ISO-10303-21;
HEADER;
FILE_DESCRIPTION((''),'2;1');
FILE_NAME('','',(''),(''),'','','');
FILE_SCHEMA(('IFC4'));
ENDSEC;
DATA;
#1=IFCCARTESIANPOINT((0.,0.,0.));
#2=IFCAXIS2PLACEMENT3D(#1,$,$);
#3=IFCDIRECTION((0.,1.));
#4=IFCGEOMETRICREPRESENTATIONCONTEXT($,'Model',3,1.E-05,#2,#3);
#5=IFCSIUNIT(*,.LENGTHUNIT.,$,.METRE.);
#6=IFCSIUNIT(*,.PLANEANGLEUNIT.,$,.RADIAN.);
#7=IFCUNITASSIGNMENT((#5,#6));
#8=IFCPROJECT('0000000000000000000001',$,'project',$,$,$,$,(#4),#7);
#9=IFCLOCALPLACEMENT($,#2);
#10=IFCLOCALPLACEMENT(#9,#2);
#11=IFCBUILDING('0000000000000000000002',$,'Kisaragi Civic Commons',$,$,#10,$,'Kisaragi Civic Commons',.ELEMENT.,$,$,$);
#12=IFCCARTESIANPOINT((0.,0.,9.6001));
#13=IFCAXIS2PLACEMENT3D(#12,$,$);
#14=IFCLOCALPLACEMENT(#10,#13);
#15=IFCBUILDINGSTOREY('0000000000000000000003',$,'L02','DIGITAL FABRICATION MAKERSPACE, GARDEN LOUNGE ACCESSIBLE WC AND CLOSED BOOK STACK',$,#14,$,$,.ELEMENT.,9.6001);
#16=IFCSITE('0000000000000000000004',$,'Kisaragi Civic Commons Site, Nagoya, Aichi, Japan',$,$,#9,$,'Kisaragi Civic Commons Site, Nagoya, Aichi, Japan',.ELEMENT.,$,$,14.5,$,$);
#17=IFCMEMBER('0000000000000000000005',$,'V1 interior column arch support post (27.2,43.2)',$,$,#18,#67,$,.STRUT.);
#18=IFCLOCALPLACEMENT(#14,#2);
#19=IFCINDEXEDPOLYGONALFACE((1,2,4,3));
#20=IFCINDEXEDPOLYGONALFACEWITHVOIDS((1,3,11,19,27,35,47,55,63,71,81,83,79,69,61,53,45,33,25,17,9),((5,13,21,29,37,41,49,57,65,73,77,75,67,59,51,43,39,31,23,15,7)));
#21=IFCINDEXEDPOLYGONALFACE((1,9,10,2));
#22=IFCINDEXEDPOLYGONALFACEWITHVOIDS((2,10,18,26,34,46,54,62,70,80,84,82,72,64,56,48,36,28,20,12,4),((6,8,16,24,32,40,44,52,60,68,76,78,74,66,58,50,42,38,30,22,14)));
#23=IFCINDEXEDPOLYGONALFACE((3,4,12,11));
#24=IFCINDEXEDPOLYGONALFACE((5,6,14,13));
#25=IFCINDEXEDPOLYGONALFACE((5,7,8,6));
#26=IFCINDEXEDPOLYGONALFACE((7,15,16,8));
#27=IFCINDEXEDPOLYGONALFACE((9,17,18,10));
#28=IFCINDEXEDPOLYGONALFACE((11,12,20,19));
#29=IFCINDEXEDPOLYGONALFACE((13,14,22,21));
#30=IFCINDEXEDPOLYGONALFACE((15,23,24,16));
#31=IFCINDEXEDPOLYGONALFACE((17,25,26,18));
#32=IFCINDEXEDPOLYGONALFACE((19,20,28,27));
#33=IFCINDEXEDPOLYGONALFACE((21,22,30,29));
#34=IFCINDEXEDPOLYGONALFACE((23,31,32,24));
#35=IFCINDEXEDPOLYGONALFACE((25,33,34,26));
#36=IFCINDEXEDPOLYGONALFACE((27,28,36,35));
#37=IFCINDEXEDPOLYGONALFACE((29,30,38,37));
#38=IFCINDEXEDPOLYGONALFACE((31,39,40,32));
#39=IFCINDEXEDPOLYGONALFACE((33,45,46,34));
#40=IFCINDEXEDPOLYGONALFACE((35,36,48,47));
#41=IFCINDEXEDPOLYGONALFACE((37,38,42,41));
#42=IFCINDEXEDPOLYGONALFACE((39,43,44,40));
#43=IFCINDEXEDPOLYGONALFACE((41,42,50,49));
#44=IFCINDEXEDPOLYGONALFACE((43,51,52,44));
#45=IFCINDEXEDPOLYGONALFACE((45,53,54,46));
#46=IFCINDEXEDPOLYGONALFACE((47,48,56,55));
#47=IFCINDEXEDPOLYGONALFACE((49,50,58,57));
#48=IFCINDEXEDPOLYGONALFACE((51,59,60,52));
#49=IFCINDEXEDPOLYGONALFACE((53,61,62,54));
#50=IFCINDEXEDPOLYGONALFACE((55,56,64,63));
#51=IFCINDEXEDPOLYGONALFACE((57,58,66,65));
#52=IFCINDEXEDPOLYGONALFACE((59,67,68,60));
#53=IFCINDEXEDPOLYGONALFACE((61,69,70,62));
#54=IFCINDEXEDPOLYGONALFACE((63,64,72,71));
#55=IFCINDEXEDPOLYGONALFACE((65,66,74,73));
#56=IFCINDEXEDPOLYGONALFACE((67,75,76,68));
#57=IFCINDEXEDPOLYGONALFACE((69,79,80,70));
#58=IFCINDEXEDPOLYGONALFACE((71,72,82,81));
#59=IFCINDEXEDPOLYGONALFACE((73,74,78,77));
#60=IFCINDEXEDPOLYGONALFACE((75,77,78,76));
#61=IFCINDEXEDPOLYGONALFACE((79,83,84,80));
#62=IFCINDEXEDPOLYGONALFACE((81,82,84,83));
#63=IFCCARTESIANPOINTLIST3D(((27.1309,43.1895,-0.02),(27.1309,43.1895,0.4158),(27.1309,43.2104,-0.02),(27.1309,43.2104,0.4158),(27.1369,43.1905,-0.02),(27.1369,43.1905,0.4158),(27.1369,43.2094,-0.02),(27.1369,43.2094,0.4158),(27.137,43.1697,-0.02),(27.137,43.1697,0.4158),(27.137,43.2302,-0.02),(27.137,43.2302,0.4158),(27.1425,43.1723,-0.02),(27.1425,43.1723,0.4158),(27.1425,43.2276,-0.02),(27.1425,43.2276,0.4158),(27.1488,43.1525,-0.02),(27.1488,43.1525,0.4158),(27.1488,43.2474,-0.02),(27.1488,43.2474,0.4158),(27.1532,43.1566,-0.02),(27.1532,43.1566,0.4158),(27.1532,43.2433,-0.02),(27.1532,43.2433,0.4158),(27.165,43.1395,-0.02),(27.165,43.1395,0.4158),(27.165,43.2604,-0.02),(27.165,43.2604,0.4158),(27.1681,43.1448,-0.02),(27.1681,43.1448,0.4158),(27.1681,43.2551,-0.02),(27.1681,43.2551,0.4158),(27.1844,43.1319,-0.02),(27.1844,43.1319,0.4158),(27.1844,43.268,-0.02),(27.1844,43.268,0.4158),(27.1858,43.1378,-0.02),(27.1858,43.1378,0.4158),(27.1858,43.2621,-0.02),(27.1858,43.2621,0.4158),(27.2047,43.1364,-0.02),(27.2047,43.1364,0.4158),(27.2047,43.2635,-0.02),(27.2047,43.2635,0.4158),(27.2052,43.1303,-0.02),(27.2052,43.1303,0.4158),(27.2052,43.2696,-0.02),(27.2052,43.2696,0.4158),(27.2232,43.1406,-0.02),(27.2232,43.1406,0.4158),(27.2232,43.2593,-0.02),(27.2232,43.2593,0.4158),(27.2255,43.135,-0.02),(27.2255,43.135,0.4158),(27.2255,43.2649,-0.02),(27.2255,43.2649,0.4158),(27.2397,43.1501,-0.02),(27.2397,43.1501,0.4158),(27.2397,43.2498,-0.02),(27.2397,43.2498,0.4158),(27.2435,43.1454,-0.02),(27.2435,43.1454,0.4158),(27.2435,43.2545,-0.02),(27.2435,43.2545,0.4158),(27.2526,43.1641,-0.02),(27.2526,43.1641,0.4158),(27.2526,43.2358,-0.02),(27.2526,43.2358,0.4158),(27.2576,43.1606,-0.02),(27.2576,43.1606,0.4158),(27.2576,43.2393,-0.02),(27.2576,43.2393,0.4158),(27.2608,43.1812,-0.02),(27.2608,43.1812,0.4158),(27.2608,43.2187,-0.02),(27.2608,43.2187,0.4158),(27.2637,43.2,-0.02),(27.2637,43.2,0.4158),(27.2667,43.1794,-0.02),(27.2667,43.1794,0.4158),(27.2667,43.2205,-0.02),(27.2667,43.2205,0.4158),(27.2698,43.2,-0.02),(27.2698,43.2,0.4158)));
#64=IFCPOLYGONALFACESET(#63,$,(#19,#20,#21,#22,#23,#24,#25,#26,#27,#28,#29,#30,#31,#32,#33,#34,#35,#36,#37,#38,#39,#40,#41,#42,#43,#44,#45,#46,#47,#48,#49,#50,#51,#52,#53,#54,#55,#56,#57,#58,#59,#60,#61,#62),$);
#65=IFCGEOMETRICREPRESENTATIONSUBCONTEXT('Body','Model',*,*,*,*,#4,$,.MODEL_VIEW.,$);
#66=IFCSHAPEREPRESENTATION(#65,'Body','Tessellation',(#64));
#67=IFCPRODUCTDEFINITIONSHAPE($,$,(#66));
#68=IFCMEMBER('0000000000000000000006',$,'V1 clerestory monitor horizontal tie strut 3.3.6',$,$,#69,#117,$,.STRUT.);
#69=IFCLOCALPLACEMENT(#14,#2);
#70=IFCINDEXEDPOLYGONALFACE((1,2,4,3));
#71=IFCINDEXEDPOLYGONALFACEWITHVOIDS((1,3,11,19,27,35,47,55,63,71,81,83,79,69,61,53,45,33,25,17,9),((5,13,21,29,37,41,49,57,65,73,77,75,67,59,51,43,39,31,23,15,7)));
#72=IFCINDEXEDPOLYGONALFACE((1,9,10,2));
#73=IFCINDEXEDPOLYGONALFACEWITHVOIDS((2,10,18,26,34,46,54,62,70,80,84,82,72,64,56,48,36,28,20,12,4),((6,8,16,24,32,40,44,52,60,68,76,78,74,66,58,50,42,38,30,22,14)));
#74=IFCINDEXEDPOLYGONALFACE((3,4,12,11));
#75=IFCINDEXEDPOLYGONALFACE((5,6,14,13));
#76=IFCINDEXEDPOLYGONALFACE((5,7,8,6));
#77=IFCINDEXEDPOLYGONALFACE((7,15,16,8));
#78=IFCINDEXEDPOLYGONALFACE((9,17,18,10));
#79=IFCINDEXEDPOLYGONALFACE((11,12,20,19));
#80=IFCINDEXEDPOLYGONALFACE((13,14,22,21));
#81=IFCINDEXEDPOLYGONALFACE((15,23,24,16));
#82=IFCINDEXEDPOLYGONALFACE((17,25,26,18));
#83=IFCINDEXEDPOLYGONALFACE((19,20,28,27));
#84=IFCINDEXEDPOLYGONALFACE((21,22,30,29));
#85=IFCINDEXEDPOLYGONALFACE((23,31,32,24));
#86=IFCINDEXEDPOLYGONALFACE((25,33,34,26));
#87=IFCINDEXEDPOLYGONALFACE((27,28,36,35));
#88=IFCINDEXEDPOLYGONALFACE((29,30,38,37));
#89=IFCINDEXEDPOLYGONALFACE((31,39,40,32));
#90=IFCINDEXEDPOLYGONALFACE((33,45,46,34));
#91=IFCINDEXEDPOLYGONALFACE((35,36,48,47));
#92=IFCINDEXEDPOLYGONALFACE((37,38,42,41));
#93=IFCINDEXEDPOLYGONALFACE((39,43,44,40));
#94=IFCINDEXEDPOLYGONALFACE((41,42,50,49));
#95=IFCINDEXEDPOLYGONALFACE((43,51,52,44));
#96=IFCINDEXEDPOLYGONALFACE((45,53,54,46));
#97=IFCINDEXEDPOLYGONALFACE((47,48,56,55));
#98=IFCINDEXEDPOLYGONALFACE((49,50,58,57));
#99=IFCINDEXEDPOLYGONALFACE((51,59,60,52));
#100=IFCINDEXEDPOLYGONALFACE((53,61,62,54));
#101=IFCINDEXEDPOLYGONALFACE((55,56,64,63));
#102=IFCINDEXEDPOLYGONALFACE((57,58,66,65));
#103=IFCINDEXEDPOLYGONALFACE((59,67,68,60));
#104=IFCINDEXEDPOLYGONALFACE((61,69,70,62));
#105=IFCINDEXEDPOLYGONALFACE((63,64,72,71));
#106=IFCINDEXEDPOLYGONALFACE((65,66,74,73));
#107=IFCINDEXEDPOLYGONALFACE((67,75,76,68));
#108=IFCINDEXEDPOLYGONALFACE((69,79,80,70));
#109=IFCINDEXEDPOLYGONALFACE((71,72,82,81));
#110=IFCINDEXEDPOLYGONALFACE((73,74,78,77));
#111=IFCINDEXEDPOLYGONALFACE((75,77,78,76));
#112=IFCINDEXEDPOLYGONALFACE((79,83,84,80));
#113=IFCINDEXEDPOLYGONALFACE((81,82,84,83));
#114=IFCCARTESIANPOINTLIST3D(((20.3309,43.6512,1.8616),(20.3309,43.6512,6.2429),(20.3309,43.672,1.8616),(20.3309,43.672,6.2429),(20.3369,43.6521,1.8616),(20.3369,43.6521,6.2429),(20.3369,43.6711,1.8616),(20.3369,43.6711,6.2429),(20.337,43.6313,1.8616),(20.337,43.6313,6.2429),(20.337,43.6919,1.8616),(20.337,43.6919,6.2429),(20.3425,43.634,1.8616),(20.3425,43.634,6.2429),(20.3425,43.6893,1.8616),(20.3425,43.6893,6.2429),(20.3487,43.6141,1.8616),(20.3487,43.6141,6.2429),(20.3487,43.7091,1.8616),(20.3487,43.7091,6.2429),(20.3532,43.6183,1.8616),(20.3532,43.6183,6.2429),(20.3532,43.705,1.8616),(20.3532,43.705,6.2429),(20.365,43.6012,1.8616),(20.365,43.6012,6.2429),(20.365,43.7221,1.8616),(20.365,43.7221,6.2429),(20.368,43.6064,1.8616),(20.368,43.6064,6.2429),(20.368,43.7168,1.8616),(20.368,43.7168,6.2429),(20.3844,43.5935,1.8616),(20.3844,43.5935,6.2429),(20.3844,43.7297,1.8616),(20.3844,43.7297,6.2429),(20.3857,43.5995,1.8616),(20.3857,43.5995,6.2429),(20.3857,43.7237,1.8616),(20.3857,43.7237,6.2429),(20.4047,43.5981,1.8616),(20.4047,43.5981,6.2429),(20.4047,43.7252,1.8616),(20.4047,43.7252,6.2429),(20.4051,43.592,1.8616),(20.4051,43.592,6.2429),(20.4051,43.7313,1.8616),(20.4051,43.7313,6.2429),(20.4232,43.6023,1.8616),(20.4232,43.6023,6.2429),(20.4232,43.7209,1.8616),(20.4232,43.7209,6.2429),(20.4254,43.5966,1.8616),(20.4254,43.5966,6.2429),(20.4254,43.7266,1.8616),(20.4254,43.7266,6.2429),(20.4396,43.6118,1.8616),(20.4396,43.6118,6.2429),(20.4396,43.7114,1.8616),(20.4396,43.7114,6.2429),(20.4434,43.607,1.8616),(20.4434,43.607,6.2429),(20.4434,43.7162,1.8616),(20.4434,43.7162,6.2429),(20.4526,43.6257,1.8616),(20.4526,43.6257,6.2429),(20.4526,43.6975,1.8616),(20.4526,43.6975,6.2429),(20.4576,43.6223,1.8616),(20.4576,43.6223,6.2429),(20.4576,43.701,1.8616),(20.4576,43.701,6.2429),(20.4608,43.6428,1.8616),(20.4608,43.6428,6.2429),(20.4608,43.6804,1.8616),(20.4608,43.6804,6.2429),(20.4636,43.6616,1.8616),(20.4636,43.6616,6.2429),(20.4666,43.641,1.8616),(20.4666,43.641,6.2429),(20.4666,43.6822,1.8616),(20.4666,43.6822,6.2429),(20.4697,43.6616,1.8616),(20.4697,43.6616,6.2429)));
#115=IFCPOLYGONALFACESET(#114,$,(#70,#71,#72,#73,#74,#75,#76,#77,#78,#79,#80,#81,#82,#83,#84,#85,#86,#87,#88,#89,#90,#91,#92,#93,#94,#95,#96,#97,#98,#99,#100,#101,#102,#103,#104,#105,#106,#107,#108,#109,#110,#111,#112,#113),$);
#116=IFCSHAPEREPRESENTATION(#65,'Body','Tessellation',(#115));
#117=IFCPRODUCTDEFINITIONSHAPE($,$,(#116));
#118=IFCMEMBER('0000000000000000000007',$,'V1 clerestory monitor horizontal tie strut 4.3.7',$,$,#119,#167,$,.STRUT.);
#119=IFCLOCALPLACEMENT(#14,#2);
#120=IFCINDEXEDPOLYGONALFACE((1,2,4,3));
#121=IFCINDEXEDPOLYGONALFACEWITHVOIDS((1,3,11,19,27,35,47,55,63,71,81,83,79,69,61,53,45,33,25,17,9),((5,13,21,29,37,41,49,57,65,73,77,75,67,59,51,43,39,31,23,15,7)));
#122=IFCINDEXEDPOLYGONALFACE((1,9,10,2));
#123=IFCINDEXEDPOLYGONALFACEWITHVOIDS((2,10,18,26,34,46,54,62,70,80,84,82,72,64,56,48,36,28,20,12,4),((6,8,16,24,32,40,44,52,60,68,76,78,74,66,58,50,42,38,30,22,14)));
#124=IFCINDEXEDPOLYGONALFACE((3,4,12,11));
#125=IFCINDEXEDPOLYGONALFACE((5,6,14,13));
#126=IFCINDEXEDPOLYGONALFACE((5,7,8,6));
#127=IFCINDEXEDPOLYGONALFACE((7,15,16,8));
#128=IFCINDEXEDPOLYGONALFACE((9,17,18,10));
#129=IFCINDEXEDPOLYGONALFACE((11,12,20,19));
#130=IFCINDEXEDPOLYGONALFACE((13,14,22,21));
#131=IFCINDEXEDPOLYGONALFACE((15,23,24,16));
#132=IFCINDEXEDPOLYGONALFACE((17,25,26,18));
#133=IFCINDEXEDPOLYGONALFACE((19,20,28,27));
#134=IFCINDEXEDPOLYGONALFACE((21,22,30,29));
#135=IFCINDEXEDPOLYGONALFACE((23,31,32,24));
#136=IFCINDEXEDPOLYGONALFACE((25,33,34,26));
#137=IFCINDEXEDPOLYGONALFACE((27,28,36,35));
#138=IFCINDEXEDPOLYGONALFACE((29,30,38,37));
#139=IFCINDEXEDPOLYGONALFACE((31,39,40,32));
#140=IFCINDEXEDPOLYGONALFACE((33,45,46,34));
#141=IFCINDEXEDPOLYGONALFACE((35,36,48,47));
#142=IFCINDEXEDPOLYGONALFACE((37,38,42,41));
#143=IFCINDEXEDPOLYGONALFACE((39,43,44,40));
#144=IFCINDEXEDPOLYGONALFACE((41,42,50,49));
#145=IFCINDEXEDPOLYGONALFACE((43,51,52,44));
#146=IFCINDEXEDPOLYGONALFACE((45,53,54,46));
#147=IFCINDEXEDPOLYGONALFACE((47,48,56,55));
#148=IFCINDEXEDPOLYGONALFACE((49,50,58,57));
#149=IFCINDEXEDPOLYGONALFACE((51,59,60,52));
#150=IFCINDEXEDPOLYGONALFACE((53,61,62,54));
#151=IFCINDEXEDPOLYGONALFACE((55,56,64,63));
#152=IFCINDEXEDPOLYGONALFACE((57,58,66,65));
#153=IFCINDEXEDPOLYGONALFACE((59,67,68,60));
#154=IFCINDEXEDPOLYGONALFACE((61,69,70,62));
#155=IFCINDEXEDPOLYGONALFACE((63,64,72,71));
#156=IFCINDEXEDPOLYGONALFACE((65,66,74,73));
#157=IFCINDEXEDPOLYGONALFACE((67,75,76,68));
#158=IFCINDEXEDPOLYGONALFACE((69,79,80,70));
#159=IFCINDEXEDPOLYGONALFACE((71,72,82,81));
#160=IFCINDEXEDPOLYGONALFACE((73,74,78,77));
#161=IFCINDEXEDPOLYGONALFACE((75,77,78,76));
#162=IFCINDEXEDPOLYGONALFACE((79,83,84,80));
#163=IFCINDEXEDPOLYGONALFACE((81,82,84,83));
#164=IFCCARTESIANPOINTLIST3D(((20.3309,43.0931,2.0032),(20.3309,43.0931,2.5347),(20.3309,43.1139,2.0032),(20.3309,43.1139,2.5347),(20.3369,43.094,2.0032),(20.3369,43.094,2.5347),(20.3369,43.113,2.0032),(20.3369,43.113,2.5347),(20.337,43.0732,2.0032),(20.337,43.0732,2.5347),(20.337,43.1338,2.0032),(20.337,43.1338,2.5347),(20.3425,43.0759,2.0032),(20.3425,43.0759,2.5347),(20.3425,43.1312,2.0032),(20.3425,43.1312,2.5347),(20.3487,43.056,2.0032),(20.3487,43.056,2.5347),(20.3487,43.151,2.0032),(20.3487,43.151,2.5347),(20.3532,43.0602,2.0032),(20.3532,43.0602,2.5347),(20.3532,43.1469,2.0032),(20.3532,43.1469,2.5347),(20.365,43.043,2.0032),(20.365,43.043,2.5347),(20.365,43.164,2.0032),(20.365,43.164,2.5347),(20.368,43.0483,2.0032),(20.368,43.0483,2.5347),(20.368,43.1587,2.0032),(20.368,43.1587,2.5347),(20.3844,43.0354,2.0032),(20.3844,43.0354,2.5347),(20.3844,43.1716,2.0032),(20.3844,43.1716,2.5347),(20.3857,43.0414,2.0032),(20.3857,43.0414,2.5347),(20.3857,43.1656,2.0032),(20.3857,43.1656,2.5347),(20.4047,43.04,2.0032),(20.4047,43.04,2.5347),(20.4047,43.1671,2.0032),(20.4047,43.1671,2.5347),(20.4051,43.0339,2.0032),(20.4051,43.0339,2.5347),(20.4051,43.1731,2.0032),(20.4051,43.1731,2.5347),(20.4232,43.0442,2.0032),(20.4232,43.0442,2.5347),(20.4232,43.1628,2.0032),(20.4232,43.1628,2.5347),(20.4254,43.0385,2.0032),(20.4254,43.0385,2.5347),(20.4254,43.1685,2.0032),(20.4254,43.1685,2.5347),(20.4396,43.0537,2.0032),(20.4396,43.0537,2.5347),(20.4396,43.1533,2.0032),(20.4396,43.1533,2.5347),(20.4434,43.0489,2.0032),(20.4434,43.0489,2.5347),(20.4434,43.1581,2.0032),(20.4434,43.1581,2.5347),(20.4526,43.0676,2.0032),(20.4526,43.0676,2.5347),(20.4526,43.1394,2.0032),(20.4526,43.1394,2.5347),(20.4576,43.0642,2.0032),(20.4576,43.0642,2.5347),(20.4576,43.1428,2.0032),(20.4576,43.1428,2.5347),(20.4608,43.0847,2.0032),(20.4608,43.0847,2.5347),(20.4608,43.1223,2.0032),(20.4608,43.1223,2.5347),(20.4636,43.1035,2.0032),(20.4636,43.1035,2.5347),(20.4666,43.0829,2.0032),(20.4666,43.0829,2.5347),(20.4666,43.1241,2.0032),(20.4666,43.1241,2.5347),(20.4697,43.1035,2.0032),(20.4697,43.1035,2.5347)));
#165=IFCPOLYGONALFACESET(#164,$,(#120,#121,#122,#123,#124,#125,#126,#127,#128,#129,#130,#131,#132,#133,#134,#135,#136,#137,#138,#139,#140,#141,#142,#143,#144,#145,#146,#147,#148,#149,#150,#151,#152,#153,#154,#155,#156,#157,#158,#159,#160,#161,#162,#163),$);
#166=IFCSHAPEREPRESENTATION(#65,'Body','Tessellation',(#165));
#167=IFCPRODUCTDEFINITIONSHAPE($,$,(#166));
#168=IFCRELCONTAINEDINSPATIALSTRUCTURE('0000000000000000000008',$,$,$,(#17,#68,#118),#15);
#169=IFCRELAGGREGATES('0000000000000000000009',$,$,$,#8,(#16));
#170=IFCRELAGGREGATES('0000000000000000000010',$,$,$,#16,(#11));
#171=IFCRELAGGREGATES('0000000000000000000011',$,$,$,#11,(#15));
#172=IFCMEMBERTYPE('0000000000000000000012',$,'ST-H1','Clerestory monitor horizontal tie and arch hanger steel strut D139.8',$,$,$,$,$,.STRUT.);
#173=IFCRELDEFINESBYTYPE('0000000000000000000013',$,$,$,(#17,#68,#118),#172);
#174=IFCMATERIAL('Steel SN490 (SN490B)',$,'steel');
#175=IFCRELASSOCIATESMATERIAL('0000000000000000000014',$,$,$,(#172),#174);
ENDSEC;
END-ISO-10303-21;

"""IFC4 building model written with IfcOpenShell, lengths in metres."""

from ifc_helpers import new_model, si_unit, direction, frame, origin, origin_2d, place, context, subcontext, project, spatial, hollow_circle, extrude, material, material_profile, profile_set, type_object, element, save


model = new_model("IFC4")

# Units and contexts
model_context = context("Model", 3, precision=1e-05, world=origin(), true_north=direction((0.0, 1.0)))
body_context = subcontext(model_context, "Body", "Model", "MODEL_VIEW")
ifc_project = project(units=[si_unit("LENGTHUNIT", "METRE"), si_unit("PLANEANGLEUNIT", "RADIAN")], contexts=[model_context])

# Site, building, storey
site_placement = place(None, origin())
site = spatial("IfcSite", under=ifc_project, at=site_placement, Name="Kisaragi Civic Commons Site, Nagoya, Aichi, Japan", LongName="Kisaragi Civic Commons Site, Nagoya, Aichi, Japan", CompositionType="ELEMENT", RefElevation=14.5)
building_placement = place(site_placement, origin())
building = spatial("IfcBuilding", under=site, at=building_placement, Name="Kisaragi Civic Commons", LongName="Kisaragi Civic Commons", CompositionType="ELEMENT")
storey_placement = place(building_placement, frame((0.0, 0.0, 9.6001)))
storey = spatial("IfcBuildingStorey", under=building, at=storey_placement, Name="L02", Description="DIGITAL FABRICATION MAKERSPACE, GARDEN LOUNGE ACCESSIBLE WC AND CLOSED BOOK STACK", CompositionType="ELEMENT", Elevation=9.6001)

# Members
ifc_material_1 = material(Name="Steel SN490 (SN490B)", Category="steel")
ifc_material_profile_1 = material_profile(ifc_material_1, hollow_circle(Radius=0.0698, WallThickness=0.0061, at=origin_2d()), Name="CHS-139.8x6.0", Category="steel")
ifc_profile_set_1 = profile_set([ifc_material_profile_1], Name="Steel SN490 (SN490B)")
member_type_1 = type_object("IfcMemberType", Name="ST-H1", Description="Clerestory monitor horizontal tie and arch hanger steel strut D139.8", PredefinedType="STRUT", material=ifc_profile_set_1)
member_1_placement = place(storey_placement, frame((27.2, 43.2, -0.02), z_axis=(0.0, 0.0, 1.0), x_axis=(1.0, 0.0, 0.0)))
element("IfcMember", 1, at=member_1_placement, inside=storey, type_object=member_type_1, Name="V1 interior column arch support post (27.2,43.2)", PredefinedType="STRUT", context=body_context, shape_type="SweptSolid", body=[
    extrude(hollow_circle(Radius=0.0698, WallThickness=0.0061, at=origin_2d()), origin(), (0.0, 0.0, 1.0), 0.4358),
])
member_2_placement = place(storey_placement, frame((20.3999, 43.6616, 1.8616), z_axis=(0.0, 0.0, 1.0), x_axis=(1.0, 0.0, 0.0)))
element("IfcMember", 2, at=member_2_placement, inside=storey, type_object=member_type_1, Name="V1 clerestory monitor horizontal tie strut 3.3.6", PredefinedType="STRUT", context=body_context, shape_type="SweptSolid", body=[
    extrude(hollow_circle(Radius=0.0698, WallThickness=0.0061, at=origin_2d()), origin(), (0.0, 0.0, 1.0), 4.3813),
])
member_3_placement = place(storey_placement, frame((20.3999, 43.1035, 2.0032), z_axis=(0.0, 0.0, 1.0), x_axis=(1.0, 0.0, 0.0)))
element("IfcMember", 3, at=member_3_placement, inside=storey, type_object=member_type_1, Name="V1 clerestory monitor horizontal tie strut 4.3.7", PredefinedType="STRUT", context=body_context, shape_type="SweptSolid", body=[
    extrude(hollow_circle(Radius=0.0698, WallThickness=0.0061, at=origin_2d()), origin(), (0.0, 0.0, 1.0), 0.5315),
])

save(model, "model.ifc")
